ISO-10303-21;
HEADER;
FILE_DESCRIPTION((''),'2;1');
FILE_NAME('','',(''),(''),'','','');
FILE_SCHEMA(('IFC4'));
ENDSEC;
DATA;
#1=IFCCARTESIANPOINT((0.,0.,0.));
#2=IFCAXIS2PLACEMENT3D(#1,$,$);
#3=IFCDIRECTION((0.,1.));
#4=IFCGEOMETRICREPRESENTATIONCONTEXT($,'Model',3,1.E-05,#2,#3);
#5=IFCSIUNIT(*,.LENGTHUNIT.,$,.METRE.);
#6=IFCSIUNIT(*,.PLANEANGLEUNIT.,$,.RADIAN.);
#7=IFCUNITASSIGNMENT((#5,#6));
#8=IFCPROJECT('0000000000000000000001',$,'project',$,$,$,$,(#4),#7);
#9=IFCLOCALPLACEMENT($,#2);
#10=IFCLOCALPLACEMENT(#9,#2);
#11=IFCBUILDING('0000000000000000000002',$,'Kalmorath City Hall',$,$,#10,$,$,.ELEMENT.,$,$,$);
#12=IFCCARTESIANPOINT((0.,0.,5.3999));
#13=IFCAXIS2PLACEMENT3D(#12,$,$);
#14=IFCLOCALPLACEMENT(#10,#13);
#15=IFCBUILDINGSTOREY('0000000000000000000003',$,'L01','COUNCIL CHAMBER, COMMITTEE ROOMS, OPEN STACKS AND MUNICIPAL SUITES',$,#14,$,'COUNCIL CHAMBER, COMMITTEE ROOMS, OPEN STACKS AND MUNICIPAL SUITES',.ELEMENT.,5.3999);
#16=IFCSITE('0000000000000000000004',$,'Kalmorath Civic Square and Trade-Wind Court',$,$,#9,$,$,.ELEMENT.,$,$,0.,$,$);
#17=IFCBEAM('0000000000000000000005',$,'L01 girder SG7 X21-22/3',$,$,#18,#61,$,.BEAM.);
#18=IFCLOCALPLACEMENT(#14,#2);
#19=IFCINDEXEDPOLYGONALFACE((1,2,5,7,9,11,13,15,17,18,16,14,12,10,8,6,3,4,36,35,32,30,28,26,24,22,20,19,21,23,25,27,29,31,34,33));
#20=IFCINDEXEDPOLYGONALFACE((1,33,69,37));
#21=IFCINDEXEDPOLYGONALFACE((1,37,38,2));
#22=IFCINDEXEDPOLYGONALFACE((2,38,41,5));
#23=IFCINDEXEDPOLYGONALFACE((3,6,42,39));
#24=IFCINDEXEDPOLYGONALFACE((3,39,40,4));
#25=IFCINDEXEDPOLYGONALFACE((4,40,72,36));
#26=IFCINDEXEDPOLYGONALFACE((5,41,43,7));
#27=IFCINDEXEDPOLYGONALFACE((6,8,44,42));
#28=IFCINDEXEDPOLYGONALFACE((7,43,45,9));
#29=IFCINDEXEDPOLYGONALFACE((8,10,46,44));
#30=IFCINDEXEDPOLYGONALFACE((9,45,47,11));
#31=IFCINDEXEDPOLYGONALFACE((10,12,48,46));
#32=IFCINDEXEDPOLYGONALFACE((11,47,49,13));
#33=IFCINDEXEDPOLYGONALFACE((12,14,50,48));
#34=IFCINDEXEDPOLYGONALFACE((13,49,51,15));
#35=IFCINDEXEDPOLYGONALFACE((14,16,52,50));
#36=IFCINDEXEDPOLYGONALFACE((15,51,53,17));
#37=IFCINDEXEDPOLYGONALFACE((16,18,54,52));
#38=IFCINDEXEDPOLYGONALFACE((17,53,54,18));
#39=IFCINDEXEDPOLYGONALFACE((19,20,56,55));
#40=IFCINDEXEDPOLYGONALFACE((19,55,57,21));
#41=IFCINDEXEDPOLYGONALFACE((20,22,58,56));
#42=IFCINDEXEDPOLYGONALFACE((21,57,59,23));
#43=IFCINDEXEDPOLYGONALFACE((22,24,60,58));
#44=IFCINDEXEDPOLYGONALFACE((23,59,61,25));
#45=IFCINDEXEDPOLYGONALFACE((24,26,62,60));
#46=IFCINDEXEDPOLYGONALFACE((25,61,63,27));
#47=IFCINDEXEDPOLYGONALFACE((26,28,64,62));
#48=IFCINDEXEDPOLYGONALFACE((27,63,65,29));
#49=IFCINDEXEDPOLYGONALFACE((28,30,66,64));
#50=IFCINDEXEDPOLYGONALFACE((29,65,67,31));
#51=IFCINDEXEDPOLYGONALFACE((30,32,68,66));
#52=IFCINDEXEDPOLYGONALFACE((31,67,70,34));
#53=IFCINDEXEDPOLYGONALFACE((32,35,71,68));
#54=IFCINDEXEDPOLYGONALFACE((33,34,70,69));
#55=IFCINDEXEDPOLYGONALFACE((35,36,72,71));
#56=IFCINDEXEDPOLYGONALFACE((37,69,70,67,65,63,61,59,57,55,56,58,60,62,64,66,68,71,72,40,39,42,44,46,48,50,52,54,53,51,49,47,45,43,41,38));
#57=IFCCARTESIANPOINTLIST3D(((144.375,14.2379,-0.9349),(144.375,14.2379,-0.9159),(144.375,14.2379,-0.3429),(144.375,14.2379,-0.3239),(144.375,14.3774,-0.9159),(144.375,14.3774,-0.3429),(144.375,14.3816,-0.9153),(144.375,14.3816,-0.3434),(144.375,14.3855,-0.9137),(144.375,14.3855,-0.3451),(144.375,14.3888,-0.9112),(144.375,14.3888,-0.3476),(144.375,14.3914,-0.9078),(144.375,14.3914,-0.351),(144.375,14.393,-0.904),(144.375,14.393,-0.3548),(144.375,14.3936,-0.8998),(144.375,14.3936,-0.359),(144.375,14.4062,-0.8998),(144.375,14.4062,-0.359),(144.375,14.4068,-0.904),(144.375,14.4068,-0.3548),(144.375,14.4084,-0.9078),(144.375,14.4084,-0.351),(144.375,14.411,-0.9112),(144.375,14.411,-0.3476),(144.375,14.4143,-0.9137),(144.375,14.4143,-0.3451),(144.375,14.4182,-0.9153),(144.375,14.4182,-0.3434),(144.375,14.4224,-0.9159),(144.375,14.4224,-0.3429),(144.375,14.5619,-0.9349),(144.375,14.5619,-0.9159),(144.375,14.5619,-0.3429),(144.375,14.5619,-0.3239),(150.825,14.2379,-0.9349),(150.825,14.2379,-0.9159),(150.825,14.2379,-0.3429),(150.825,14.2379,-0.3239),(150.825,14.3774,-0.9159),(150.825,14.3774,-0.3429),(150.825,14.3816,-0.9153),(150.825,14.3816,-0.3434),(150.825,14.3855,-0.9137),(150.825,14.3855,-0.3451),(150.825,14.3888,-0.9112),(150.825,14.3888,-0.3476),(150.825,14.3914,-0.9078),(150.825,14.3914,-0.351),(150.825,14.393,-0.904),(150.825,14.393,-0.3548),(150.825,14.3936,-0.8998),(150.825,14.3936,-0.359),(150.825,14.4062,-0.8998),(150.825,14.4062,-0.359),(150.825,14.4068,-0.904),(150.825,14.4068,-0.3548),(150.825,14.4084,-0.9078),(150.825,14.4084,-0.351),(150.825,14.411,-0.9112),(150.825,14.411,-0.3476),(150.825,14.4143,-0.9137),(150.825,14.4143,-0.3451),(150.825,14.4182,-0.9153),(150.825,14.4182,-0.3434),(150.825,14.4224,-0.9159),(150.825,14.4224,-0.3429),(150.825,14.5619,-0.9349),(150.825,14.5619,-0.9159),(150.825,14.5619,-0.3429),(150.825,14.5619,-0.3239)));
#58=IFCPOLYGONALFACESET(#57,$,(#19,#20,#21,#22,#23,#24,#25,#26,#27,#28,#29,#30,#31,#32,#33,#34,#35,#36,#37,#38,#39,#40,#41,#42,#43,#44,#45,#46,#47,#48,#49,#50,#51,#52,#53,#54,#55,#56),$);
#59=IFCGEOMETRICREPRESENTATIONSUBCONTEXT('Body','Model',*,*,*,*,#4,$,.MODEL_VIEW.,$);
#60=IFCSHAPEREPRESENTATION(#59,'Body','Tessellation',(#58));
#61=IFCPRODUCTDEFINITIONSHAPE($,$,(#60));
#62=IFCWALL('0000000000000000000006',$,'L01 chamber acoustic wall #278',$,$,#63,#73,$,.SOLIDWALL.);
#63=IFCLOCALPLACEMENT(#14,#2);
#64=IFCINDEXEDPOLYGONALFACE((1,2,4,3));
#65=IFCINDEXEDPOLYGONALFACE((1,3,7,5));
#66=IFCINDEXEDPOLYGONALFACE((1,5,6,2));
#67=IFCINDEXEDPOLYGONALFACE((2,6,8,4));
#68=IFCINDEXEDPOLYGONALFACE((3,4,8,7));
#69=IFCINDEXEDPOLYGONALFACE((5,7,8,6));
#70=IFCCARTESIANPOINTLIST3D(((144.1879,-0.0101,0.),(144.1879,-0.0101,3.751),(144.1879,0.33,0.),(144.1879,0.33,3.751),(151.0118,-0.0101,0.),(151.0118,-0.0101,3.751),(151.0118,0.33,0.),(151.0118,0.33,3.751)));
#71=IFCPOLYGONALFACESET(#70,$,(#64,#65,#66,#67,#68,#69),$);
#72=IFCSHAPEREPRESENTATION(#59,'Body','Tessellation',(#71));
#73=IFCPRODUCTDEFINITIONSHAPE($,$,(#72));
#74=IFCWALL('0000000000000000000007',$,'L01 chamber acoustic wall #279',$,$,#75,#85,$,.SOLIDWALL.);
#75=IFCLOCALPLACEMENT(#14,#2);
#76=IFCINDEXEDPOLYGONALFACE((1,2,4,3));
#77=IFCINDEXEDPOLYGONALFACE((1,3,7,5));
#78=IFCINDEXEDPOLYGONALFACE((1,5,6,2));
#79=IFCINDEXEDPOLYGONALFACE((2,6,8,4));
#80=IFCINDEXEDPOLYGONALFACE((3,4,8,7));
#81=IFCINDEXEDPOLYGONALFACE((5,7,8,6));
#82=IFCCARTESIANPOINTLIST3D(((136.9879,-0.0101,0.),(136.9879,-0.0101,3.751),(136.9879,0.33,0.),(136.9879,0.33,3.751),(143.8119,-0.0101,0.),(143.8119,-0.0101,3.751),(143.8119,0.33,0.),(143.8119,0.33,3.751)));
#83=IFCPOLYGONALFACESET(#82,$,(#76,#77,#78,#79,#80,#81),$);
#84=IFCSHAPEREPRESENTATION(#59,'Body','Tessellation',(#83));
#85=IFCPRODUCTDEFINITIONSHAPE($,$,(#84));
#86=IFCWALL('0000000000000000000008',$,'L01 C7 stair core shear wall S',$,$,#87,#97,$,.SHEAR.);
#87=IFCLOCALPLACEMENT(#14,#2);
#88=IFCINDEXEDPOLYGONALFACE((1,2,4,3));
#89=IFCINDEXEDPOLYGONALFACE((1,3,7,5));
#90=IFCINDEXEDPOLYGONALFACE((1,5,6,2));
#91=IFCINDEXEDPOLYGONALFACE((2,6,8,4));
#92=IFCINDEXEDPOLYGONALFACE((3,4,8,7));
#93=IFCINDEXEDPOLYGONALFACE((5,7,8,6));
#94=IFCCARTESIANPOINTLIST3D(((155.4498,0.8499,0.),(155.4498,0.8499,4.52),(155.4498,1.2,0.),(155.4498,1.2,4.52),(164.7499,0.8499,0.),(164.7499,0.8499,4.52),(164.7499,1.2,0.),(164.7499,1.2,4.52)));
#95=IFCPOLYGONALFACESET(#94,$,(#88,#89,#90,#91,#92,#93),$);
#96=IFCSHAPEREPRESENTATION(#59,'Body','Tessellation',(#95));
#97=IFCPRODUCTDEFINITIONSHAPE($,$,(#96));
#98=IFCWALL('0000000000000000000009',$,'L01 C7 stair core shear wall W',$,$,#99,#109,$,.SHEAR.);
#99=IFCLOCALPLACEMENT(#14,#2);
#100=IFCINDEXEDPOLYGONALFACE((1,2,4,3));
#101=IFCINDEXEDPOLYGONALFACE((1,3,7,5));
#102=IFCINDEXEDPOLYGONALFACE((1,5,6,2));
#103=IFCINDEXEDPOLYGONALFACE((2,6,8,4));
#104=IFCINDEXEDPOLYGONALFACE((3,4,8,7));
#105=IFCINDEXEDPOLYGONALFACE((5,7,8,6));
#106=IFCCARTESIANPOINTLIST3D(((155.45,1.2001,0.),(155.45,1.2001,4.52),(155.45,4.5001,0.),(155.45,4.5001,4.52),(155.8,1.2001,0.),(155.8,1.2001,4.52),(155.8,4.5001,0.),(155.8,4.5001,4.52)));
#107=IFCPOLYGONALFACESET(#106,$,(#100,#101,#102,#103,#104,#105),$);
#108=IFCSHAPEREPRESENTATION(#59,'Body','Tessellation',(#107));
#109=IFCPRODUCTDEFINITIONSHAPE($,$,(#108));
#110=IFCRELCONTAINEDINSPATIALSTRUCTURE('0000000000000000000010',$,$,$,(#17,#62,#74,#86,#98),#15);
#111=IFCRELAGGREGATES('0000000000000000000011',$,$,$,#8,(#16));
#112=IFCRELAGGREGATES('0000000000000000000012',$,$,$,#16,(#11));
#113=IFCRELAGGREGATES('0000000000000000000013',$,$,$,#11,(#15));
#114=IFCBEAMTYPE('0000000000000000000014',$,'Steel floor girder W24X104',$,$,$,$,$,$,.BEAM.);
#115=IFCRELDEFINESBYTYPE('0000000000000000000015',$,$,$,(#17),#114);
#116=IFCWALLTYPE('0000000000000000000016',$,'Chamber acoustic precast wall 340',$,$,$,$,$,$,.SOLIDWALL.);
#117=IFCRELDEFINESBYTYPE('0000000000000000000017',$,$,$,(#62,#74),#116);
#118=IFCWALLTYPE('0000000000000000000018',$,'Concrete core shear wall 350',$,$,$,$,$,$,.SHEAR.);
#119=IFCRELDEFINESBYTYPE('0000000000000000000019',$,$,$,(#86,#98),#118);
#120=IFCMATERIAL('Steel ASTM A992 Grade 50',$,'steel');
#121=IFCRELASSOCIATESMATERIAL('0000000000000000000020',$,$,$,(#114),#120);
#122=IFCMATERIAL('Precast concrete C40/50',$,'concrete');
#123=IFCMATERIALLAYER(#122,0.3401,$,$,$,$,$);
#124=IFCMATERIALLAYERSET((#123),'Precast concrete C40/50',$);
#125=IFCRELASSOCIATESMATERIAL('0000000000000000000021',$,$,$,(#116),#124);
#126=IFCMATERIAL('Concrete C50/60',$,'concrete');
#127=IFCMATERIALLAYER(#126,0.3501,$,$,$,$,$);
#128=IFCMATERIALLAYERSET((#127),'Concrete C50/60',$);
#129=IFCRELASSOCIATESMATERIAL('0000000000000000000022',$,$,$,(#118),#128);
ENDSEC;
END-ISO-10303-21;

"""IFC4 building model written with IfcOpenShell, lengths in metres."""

from ifc_helpers import new_model, si_unit, direction, frame, frame_2d, origin, origin_2d, place, context, subcontext, project, spatial, rectangle, i_section, extrude, material, layer, layer_set, material_profile, profile_set, type_object, element, save


model = new_model("IFC4")

# Units and contexts
model_context = context("Model", 3, precision=1e-05, world=origin(), true_north=direction((0.0, 1.0)))
body_context = subcontext(model_context, "Body", "Model", "MODEL_VIEW")
ifc_project = project(units=[si_unit("LENGTHUNIT", "METRE"), si_unit("PLANEANGLEUNIT", "RADIAN")], contexts=[model_context])

# Site, building, storey
site_placement = place(None, origin())
site = spatial("IfcSite", under=ifc_project, at=site_placement, Name="Kalmorath Civic Square and Trade-Wind Court", CompositionType="ELEMENT", RefElevation=0.0)
building_placement = place(site_placement, origin())
building = spatial("IfcBuilding", under=site, at=building_placement, Name="Kalmorath City Hall", CompositionType="ELEMENT")
storey_placement = place(building_placement, frame((0.0, 0.0, 5.3999)))
storey = spatial("IfcBuildingStorey", under=building, at=storey_placement, Name="L01", Description="COUNCIL CHAMBER, COMMITTEE ROOMS, OPEN STACKS AND MUNICIPAL SUITES", LongName="COUNCIL CHAMBER, COMMITTEE ROOMS, OPEN STACKS AND MUNICIPAL SUITES", CompositionType="ELEMENT", Elevation=5.3999)

# Beam
ifc_material_1 = material(Name="Steel ASTM A992 Grade 50", Category="steel")
ifc_material_profile_1 = material_profile(ifc_material_1, i_section(OverallWidth=0.324, OverallDepth=0.6111, WebThickness=0.0127, FlangeThickness=0.019, FilletRadius=0.0161, at=origin_2d()), Name="W24X104")
ifc_profile_set_1 = profile_set([ifc_material_profile_1], Name="Steel ASTM A992 Grade 50")
beam_type_1 = type_object("IfcBeamType", Name="Steel floor girder W24X104", PredefinedType="BEAM", material=ifc_profile_set_1)
for number, where, z_axis, x_axis, name in (
    (1, (144.375, 14.3999, -0.6294), (1.0, 0.0, 0.0), (0.0, 1.0, 0.0), "L01 girder SG7 X21-22/3"),
):
    element("IfcBeam", number, at=place(storey_placement, frame(where, z_axis=z_axis, x_axis=x_axis)), inside=storey, type_object=beam_type_1, Name=name, PredefinedType="BEAM", context=body_context, shape_type="SweptSolid", body=[
        extrude(i_section(OverallWidth=0.324, OverallDepth=0.6111, WebThickness=0.0127, FlangeThickness=0.019, FilletRadius=0.0161, at=origin_2d()), origin(), (0.0, 0.0, 1.0), 6.45),
    ])

# Walls
ifc_material_2 = material(Name="Precast concrete C40/50", Category="concrete")
ifc_layer_1 = layer(ifc_material_2, 0.3401)
ifc_layer_set_1 = layer_set([ifc_layer_1], Name="Precast concrete C40/50")
wall_type_1 = type_object("IfcWallType", Name="Chamber acoustic precast wall 340", PredefinedType="SOLIDWALL", material=ifc_layer_set_1)
for number, where, z_axis, x_axis, name in (
    (2, (151.012, 0.1599, 0.0), (0.0, 0.0, 1.0), (-1.0, 0.0, 0.0), "L01 chamber acoustic wall #278"),
    (3, (143.812, 0.1599, 0.0), (0.0, 0.0, 1.0), (-1.0, 0.0, 0.0), "L01 chamber acoustic wall #279"),
):
    element("IfcWall", number, at=place(storey_placement, frame(where, z_axis=z_axis, x_axis=x_axis)), inside=storey, type_object=wall_type_1, Name=name, PredefinedType="SOLIDWALL", context=body_context, shape_type="SweptSolid", body=[
        extrude(rectangle(XDim=6.824, YDim=0.3401, at=frame_2d((3.4121, 0.0))), origin(), (0.0, 0.0, 1.0), 3.751),
    ])
ifc_material_3 = material(Name="Concrete C50/60", Category="concrete")
ifc_layer_2 = layer(ifc_material_3, 0.3501)
ifc_layer_set_2 = layer_set([ifc_layer_2], Name="Concrete C50/60")
wall_type_2 = type_object("IfcWallType", Name="Concrete core shear wall 350", PredefinedType="SHEAR", material=ifc_layer_set_2)
wall_1_placement = place(storey_placement, frame((155.45, 1.0249, 0.0), z_axis=(0.0, 0.0, 1.0), x_axis=(1.0, 0.0, 0.0)))
element("IfcWall", 4, at=wall_1_placement, inside=storey, type_object=wall_type_2, Name="L01 C7 stair core shear wall S", PredefinedType="SHEAR", context=body_context, shape_type="SweptSolid", body=[
    extrude(rectangle(XDim=9.3, YDim=0.3501, at=frame_2d((4.6499, 0.0))), origin(), (0.0, 0.0, 1.0), 4.52),
])
wall_2_placement = place(storey_placement, frame((155.625, 4.5, 0.0), z_axis=(0.0, 0.0, 1.0), x_axis=(0.0, -1.0, 0.0)))
element("IfcWall", 5, at=wall_2_placement, inside=storey, type_object=wall_type_2, Name="L01 C7 stair core shear wall W", PredefinedType="SHEAR", context=body_context, shape_type="SweptSolid", body=[
    extrude(rectangle(XDim=3.3, YDim=0.3501, at=frame_2d((1.6499, 0.0))), origin(), (0.0, 0.0, 1.0), 4.52),
])

save(model, "model.ifc")
